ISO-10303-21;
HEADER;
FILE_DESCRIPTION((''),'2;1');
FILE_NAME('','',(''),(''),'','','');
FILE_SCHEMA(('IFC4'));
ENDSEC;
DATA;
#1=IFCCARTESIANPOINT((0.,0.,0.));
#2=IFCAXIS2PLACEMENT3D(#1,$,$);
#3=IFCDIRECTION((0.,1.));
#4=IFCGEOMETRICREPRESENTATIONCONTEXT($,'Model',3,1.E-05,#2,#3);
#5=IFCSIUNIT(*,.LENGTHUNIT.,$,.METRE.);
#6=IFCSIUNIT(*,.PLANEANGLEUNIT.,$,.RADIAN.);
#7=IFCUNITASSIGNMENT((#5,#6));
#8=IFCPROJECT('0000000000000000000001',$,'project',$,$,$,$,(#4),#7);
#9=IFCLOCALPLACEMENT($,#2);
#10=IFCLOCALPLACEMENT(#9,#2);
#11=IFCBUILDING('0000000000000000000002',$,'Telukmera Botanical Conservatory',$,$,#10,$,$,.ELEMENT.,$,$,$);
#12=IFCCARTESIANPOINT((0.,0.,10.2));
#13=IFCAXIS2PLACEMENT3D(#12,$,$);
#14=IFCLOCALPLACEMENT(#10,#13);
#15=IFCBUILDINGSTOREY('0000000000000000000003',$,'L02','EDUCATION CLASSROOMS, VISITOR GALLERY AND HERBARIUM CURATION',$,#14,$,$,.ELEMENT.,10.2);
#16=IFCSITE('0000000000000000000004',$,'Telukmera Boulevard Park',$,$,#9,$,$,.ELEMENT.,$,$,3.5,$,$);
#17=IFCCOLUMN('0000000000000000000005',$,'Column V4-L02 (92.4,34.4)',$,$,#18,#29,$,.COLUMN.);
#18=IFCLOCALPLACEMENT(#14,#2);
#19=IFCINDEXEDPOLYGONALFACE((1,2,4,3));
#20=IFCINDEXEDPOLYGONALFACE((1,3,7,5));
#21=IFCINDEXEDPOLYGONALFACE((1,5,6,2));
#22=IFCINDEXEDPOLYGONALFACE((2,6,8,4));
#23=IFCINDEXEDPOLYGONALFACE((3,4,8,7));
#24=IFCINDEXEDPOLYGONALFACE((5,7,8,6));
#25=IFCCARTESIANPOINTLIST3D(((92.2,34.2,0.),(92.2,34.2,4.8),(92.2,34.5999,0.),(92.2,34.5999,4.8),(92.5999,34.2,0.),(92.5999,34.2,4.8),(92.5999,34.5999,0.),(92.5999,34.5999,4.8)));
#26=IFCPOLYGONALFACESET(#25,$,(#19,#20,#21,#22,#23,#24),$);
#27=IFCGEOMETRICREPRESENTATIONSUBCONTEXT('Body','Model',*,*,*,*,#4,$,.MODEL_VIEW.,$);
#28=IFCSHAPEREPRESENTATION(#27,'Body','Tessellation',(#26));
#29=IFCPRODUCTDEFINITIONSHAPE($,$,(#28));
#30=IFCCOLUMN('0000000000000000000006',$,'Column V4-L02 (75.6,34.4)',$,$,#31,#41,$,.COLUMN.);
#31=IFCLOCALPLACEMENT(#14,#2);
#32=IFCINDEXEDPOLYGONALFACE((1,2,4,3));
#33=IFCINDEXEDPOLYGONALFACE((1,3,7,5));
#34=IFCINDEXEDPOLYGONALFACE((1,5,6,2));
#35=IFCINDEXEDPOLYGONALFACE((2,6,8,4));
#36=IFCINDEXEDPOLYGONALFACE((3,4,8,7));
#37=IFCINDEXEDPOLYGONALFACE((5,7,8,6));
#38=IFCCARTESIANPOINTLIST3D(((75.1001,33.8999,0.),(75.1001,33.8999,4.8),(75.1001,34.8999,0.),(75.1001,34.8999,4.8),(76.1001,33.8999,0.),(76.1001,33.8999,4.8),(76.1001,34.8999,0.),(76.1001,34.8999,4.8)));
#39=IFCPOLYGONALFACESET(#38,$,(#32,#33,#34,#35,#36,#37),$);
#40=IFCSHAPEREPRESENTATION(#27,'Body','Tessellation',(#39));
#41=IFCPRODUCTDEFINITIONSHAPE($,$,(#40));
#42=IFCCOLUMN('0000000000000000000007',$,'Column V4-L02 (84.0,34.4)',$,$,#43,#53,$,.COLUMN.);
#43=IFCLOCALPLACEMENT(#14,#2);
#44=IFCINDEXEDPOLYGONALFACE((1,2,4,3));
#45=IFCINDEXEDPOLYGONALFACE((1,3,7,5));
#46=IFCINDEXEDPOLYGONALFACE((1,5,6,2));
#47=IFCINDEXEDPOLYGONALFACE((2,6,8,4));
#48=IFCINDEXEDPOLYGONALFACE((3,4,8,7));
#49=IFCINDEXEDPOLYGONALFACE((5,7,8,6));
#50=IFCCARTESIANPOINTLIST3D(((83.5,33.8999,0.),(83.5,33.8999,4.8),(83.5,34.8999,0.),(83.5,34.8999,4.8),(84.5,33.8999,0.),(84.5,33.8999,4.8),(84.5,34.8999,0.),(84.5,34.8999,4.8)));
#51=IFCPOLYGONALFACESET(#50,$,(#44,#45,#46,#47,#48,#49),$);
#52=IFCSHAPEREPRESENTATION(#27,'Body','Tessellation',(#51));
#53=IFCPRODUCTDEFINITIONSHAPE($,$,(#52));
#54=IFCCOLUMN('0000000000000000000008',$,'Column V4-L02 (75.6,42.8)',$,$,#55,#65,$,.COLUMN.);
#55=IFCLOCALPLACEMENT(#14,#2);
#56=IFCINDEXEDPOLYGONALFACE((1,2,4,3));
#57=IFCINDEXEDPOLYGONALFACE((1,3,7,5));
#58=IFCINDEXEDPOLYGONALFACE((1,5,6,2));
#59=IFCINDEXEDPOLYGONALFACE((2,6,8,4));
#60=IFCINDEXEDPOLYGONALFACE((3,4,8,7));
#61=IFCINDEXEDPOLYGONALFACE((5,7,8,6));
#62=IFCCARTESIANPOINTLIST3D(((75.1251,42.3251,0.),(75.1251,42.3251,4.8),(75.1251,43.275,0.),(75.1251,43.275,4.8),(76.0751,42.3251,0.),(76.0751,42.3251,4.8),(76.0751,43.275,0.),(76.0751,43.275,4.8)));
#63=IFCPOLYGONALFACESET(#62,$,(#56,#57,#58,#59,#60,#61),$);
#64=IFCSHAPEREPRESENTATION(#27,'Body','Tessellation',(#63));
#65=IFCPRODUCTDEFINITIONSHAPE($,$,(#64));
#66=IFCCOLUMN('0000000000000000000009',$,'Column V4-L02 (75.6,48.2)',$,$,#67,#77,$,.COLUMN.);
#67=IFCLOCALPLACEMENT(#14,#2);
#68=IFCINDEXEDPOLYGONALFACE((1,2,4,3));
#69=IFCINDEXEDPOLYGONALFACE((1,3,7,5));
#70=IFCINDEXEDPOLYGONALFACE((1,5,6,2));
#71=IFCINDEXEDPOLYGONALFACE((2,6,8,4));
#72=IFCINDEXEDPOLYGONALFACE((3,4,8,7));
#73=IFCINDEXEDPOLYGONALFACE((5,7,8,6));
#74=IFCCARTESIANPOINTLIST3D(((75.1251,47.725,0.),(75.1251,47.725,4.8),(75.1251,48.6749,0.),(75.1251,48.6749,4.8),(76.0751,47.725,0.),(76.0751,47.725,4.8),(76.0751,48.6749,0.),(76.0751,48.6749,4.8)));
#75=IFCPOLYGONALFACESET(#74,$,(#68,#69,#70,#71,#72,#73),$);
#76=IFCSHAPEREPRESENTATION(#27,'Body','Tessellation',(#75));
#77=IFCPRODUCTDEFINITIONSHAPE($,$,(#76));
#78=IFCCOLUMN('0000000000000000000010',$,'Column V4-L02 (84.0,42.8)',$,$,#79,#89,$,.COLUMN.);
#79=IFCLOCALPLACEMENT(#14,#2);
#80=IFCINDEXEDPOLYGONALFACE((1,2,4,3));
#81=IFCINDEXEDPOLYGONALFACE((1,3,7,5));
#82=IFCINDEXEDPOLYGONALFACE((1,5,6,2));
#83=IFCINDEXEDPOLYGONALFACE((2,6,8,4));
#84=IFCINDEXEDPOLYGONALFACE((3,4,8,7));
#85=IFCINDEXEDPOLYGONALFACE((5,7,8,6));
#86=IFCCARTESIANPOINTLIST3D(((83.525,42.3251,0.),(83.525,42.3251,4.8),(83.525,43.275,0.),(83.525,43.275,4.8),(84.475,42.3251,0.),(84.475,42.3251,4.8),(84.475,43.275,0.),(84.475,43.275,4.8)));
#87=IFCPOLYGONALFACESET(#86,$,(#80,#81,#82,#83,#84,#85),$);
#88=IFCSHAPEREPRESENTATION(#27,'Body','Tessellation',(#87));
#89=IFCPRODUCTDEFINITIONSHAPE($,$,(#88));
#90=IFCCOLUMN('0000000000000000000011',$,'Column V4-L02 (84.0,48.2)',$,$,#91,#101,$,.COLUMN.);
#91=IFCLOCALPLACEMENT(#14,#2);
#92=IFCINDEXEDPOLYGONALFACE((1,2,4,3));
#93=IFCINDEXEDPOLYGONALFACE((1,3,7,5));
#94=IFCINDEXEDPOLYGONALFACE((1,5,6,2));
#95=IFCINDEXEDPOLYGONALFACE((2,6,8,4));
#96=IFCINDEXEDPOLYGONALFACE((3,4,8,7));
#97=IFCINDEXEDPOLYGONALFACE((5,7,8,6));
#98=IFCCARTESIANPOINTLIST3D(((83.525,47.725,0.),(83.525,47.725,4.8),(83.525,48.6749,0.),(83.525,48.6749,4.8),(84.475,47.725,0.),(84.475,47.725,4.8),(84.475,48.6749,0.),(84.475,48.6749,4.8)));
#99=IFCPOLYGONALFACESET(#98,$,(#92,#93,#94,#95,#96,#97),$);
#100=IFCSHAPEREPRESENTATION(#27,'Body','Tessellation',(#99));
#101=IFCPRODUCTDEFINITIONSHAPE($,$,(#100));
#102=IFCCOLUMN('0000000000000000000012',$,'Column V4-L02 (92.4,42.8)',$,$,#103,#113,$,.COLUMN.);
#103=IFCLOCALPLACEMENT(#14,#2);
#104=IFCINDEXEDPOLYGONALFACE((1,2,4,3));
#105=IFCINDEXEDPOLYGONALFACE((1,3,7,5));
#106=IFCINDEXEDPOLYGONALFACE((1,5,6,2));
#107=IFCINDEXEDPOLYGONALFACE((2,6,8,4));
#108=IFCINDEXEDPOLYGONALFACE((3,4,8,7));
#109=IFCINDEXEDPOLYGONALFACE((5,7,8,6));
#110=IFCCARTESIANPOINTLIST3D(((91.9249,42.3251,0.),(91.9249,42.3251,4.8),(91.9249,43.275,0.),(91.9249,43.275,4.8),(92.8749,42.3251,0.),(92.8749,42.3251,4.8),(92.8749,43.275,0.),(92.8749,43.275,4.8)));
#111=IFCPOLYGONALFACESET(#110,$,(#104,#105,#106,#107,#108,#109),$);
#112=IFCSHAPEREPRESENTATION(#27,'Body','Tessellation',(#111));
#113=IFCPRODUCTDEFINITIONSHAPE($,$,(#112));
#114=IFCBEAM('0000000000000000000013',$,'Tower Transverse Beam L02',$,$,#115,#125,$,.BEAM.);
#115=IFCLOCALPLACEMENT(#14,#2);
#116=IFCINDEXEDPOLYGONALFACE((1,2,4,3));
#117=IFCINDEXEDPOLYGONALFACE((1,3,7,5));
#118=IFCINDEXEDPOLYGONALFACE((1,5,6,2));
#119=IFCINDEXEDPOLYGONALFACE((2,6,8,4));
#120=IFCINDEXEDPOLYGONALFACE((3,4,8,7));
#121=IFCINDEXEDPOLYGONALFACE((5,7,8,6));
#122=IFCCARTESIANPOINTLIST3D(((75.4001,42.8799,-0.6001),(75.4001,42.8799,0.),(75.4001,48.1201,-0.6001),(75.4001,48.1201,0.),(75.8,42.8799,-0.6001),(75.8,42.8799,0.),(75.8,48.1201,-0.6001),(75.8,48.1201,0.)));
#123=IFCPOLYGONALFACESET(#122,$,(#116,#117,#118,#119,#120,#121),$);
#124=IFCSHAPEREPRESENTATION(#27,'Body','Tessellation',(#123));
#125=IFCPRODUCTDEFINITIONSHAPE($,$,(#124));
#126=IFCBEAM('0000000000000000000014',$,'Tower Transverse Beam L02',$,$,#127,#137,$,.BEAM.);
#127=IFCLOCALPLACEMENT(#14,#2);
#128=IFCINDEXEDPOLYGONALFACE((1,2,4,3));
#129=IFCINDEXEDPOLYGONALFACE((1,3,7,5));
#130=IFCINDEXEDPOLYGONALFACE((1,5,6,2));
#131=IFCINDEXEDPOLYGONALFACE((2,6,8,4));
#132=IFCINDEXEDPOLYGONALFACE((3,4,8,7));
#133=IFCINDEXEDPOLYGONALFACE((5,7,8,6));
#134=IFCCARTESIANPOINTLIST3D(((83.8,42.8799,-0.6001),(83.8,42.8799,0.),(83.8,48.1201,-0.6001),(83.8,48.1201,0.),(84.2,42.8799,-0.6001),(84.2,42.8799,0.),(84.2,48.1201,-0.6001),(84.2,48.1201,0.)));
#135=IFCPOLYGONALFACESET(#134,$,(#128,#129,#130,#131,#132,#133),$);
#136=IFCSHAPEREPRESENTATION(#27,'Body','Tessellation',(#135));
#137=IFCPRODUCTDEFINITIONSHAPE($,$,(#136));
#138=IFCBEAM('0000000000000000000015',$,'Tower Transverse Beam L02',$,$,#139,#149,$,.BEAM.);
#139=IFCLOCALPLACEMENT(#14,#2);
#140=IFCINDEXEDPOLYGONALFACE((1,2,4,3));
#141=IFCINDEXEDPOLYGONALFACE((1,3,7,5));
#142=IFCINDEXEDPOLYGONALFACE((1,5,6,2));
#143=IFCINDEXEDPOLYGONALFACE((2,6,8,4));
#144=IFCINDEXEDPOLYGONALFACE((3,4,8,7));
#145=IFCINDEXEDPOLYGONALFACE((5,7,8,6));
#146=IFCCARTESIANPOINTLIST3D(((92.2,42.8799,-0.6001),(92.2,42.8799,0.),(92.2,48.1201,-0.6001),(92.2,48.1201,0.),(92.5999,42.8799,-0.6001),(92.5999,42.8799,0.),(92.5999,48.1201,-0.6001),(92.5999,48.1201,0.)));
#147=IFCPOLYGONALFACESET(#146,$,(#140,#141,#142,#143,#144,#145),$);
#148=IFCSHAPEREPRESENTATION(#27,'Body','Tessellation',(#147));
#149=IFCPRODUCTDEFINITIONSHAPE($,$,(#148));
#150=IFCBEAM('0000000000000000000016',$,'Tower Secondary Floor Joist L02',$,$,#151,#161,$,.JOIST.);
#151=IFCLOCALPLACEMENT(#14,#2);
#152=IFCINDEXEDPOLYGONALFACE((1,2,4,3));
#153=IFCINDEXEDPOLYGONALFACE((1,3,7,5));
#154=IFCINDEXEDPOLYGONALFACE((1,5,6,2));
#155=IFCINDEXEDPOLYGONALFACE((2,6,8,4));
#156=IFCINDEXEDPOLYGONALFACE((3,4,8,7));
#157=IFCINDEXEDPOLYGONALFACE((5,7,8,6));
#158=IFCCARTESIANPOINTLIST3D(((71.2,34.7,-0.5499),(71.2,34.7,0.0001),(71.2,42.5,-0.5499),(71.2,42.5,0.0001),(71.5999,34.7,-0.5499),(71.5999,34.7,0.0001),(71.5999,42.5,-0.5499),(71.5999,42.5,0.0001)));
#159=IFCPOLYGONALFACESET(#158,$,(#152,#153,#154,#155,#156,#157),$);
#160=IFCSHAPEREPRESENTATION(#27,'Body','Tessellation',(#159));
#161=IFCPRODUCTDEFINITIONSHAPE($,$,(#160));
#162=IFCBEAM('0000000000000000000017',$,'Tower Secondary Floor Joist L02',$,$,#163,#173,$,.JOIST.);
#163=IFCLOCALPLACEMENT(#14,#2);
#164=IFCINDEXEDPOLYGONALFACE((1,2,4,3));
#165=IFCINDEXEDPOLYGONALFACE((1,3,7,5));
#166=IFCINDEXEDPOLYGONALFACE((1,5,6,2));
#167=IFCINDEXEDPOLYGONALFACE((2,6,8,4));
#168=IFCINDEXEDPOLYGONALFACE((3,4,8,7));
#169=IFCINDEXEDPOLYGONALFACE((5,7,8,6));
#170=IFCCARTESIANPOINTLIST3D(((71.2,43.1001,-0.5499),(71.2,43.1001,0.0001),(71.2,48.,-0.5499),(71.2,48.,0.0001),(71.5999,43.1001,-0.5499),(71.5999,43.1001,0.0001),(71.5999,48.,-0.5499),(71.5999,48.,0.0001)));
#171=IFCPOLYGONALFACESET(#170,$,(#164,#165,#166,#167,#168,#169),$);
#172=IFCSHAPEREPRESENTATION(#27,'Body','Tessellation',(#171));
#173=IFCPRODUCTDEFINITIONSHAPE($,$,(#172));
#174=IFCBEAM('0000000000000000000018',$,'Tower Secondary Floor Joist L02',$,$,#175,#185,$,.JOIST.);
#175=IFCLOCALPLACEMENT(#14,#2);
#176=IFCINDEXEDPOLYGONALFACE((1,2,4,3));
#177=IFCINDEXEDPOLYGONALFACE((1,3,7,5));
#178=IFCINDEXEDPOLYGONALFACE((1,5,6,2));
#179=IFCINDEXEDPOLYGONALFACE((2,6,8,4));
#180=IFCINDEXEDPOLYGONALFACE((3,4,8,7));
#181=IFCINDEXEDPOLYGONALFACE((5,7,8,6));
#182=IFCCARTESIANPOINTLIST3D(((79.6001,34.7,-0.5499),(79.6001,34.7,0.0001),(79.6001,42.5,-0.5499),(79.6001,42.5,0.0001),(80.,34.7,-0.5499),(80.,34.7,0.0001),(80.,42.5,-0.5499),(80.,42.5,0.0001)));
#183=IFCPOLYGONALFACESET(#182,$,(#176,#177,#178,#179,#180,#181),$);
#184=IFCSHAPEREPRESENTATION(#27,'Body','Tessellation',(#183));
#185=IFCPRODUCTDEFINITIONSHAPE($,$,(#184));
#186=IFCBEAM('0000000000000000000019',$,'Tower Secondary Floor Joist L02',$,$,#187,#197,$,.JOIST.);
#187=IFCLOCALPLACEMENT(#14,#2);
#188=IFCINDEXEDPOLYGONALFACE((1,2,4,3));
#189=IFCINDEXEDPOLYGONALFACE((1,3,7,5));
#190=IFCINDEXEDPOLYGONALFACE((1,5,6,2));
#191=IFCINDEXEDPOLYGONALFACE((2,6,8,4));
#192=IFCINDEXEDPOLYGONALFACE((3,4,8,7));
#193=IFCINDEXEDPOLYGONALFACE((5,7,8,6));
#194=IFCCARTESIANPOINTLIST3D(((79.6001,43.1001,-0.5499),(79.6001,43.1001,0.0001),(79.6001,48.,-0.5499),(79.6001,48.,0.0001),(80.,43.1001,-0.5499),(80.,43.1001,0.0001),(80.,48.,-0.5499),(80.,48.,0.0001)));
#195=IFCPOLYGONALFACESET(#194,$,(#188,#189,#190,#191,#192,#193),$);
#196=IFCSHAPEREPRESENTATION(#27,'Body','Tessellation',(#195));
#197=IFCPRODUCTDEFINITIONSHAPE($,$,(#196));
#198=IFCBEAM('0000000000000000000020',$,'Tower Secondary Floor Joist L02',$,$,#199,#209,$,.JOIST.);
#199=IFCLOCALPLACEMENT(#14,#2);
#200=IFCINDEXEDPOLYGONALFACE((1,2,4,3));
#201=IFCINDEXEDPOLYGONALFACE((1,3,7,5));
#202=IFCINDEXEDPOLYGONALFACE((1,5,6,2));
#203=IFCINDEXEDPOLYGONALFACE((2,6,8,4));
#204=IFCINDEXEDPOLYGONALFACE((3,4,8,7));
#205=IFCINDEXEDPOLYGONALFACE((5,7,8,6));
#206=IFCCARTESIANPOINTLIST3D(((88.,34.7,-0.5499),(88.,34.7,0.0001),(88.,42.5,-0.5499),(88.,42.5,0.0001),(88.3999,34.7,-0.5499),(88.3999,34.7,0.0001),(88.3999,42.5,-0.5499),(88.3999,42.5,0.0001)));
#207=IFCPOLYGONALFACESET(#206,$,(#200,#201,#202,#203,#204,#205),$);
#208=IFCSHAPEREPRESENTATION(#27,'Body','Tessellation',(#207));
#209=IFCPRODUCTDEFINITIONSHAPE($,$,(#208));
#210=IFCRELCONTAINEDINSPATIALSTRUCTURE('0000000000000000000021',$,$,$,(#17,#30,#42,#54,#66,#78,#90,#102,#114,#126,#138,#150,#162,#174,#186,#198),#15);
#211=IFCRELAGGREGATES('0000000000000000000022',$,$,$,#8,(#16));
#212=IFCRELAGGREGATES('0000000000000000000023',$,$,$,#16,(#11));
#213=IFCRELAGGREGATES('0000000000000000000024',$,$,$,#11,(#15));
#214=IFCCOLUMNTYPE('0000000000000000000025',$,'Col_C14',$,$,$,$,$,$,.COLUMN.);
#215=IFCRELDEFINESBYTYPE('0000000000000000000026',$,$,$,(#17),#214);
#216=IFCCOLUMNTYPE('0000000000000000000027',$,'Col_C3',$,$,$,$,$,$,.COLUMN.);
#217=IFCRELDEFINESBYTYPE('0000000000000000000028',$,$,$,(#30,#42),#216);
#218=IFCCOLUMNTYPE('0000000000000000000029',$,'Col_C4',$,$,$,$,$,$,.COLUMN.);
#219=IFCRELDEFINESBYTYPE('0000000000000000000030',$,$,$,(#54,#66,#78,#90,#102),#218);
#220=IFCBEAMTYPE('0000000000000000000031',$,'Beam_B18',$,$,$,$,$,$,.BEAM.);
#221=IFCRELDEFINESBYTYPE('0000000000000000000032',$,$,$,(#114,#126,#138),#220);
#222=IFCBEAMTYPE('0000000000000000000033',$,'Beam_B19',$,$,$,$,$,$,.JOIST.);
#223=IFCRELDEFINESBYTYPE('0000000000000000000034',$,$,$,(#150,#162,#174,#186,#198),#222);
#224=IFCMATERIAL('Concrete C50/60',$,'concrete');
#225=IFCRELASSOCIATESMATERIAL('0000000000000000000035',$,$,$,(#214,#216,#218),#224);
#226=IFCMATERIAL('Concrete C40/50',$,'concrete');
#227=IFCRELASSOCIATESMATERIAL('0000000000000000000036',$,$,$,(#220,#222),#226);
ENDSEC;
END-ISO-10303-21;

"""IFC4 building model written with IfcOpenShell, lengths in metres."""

from ifc_helpers import new_model, si_unit, direction, frame, origin, origin_2d, place, context, subcontext, project, spatial, rectangle, extrude, material, material_profile, profile_set, type_object, element, save


model = new_model("IFC4")

# Units and contexts
model_context = context("Model", 3, precision=1e-05, world=origin(), true_north=direction((0.0, 1.0)))
body_context = subcontext(model_context, "Body", "Model", "MODEL_VIEW")
ifc_project = project(units=[si_unit("LENGTHUNIT", "METRE"), si_unit("PLANEANGLEUNIT", "RADIAN")], contexts=[model_context])

# Site, building, storey
site_placement = place(None, origin())
site = spatial("IfcSite", under=ifc_project, at=site_placement, Name="Telukmera Boulevard Park", CompositionType="ELEMENT", RefElevation=3.5)
building_placement = place(site_placement, origin())
building = spatial("IfcBuilding", under=site, at=building_placement, Name="Telukmera Botanical Conservatory", CompositionType="ELEMENT")
storey_placement = place(building_placement, frame((0.0, 0.0, 10.2)))
storey = spatial("IfcBuildingStorey", under=building, at=storey_placement, Name="L02", Description="EDUCATION CLASSROOMS, VISITOR GALLERY AND HERBARIUM CURATION", CompositionType="ELEMENT", Elevation=10.2)

# Columns
ifc_material_1 = material(Name="Concrete C50/60", Category="concrete")
ifc_material_profile_1 = material_profile(ifc_material_1, rectangle(XDim=0.3999, YDim=0.3999, at=origin_2d()), Name="RC 400x400")
ifc_profile_set_1 = profile_set([ifc_material_profile_1], Name="Concrete C50/60")
column_type_1 = type_object("IfcColumnType", Name="Col_C14", PredefinedType="COLUMN", material=ifc_profile_set_1)
column_placement = place(storey_placement, frame((92.3999, 34.3999, 0.0), z_axis=(0.0, 0.0, 1.0), x_axis=(1.0, 0.0, 0.0)))
element("IfcColumn", 1, at=column_placement, inside=storey, type_object=column_type_1, Name="Column V4-L02 (92.4,34.4)", PredefinedType="COLUMN", context=body_context, shape_type="SweptSolid", body=[
    extrude(rectangle(XDim=0.3999, YDim=0.3999, at=origin_2d()), origin(), (0.0, 0.0, 1.0), 4.8),
])
ifc_material_profile_2 = material_profile(ifc_material_1, rectangle(XDim=1.0, YDim=1.0, at=origin_2d()), Name="RC 1000x1000")
ifc_profile_set_2 = profile_set([ifc_material_profile_2], Name="Concrete C50/60")
column_type_2 = type_object("IfcColumnType", Name="Col_C3", PredefinedType="COLUMN", material=ifc_profile_set_2)
for number, where, z_axis, x_axis, name in (
    (2, (75.6001, 34.3999, 0.0), (0.0, 0.0, 1.0), (1.0, 0.0, 0.0), "Column V4-L02 (75.6,34.4)"),
    (3, (84.0, 34.3999, 0.0), (0.0, 0.0, 1.0), (1.0, 0.0, 0.0), "Column V4-L02 (84.0,34.4)"),
):
    element("IfcColumn", number, at=place(storey_placement, frame(where, z_axis=z_axis, x_axis=x_axis)), inside=storey, type_object=column_type_2, Name=name, PredefinedType="COLUMN", context=body_context, shape_type="SweptSolid", body=[
        extrude(rectangle(XDim=1.0, YDim=1.0, at=origin_2d()), origin(), (0.0, 0.0, 1.0), 4.8),
    ])
ifc_material_profile_3 = material_profile(ifc_material_1, rectangle(XDim=0.95, YDim=0.95, at=origin_2d()), Name="RC 950x950")
ifc_profile_set_3 = profile_set([ifc_material_profile_3], Name="Concrete C50/60")
column_type_3 = type_object("IfcColumnType", Name="Col_C4", PredefinedType="COLUMN", material=ifc_profile_set_3)
for number, where, z_axis, x_axis, name in (
    (4, (75.6001, 42.8, 0.0), (0.0, 0.0, 1.0), (1.0, 0.0, 0.0), "Column V4-L02 (75.6,42.8)"),
    (5, (75.6001, 48.2, 0.0), (0.0, 0.0, 1.0), (1.0, 0.0, 0.0), "Column V4-L02 (75.6,48.2)"),
    (6, (84.0, 42.8, 0.0), (0.0, 0.0, 1.0), (1.0, 0.0, 0.0), "Column V4-L02 (84.0,42.8)"),
    (7, (84.0, 48.2, 0.0), (0.0, 0.0, 1.0), (1.0, 0.0, 0.0), "Column V4-L02 (84.0,48.2)"),
    (8, (92.3999, 42.8, 0.0), (0.0, 0.0, 1.0), (1.0, 0.0, 0.0), "Column V4-L02 (92.4,42.8)"),
):
    element("IfcColumn", number, at=place(storey_placement, frame(where, z_axis=z_axis, x_axis=x_axis)), inside=storey, type_object=column_type_3, Name=name, PredefinedType="COLUMN", context=body_context, shape_type="SweptSolid", body=[
        extrude(rectangle(XDim=0.95, YDim=0.95, at=origin_2d()), origin(), (0.0, 0.0, 1.0), 4.8),
    ])

# Beams
ifc_material_2 = material(Name="Concrete C40/50", Category="concrete")
ifc_material_profile_4 = material_profile(ifc_material_2, rectangle(XDim=0.3999, YDim=0.6001, at=origin_2d()), Name="RC 400x600")
ifc_profile_set_4 = profile_set([ifc_material_profile_4], Name="Concrete C40/50")
beam_type_1 = type_object("IfcBeamType", Name="Beam_B18", PredefinedType="BEAM", material=ifc_profile_set_4)
for number, where, z_axis, x_axis, name in (
    (9, (75.6001, 42.8799, -0.3), (0.0, 1.0, 0.0), (-1.0, 0.0, 0.0), "Tower Transverse Beam L02"),
    (10, (84.0, 42.8799, -0.3), (0.0, 1.0, 0.0), (-1.0, 0.0, 0.0), "Tower Transverse Beam L02"),
    (11, (92.3999, 42.8799, -0.3), (0.0, 1.0, 0.0), (-1.0, 0.0, 0.0), "Tower Transverse Beam L02"),
):
    element("IfcBeam", number, at=place(storey_placement, frame(where, z_axis=z_axis, x_axis=x_axis)), inside=storey, type_object=beam_type_1, Name=name, PredefinedType="BEAM", context=body_context, shape_type="SweptSolid", body=[
        extrude(rectangle(XDim=0.3999, YDim=0.6001, at=origin_2d()), origin(), (0.0, 0.0, 1.0), 5.2402),
    ])
ifc_material_profile_5 = material_profile(ifc_material_2, rectangle(XDim=0.3999, YDim=0.55, at=origin_2d()), Name="RC 400x550")
ifc_profile_set_5 = profile_set([ifc_material_profile_5], Name="Concrete C40/50")
beam_type_2 = type_object("IfcBeamType", Name="Beam_B19", PredefinedType="JOIST", material=ifc_profile_set_5)
beam_1_placement = place(storey_placement, frame((71.3999, 34.7, -0.2749), z_axis=(0.0, 1.0, 0.0), x_axis=(-1.0, 0.0, 0.0)))
element("IfcBeam", 12, at=beam_1_placement, inside=storey, type_object=beam_type_2, Name="Tower Secondary Floor Joist L02", PredefinedType="JOIST", context=body_context, shape_type="SweptSolid", body=[
    extrude(rectangle(XDim=0.3999, YDim=0.55, at=origin_2d()), origin(), (0.0, 0.0, 1.0), 7.8),
])
beam_2_placement = place(storey_placement, frame((71.3999, 43.1001, -0.2749), z_axis=(0.0, 1.0, 0.0), x_axis=(-1.0, 0.0, 0.0)))
element("IfcBeam", 13, at=beam_2_placement, inside=storey, type_object=beam_type_2, Name="Tower Secondary Floor Joist L02", PredefinedType="JOIST", context=body_context, shape_type="SweptSolid", body=[
    extrude(rectangle(XDim=0.3999, YDim=0.55, at=origin_2d()), origin(), (0.0, 0.0, 1.0), 4.8999),
])
beam_3_placement = place(storey_placement, frame((79.8, 34.7, -0.2749), z_axis=(0.0, 1.0, 0.0), x_axis=(-1.0, 0.0, 0.0)))
element("IfcBeam", 14, at=beam_3_placement, inside=storey, type_object=beam_type_2, Name="Tower Secondary Floor Joist L02", PredefinedType="JOIST", context=body_context, shape_type="SweptSolid", body=[
    extrude(rectangle(XDim=0.3999, YDim=0.55, at=origin_2d()), origin(), (0.0, 0.0, 1.0), 7.8),
])
beam_4_placement = place(storey_placement, frame((79.8, 43.1001, -0.2749), z_axis=(0.0, 1.0, 0.0), x_axis=(-1.0, 0.0, 0.0)))
element("IfcBeam", 15, at=beam_4_placement, inside=storey, type_object=beam_type_2, Name="Tower Secondary Floor Joist L02", PredefinedType="JOIST", context=body_context, shape_type="SweptSolid", body=[
    extrude(rectangle(XDim=0.3999, YDim=0.55, at=origin_2d()), origin(), (0.0, 0.0, 1.0), 4.8999),
])
beam_5_placement = place(storey_placement, frame((88.2, 34.7, -0.2749), z_axis=(0.0, 1.0, 0.0), x_axis=(-1.0, 0.0, 0.0)))
element("IfcBeam", 16, at=beam_5_placement, inside=storey, type_object=beam_type_2, Name="Tower Secondary Floor Joist L02", PredefinedType="JOIST", context=body_context, shape_type="SweptSolid", body=[
    extrude(rectangle(XDim=0.3999, YDim=0.55, at=origin_2d()), origin(), (0.0, 0.0, 1.0), 7.8),
])

save(model, "model.ifc")
